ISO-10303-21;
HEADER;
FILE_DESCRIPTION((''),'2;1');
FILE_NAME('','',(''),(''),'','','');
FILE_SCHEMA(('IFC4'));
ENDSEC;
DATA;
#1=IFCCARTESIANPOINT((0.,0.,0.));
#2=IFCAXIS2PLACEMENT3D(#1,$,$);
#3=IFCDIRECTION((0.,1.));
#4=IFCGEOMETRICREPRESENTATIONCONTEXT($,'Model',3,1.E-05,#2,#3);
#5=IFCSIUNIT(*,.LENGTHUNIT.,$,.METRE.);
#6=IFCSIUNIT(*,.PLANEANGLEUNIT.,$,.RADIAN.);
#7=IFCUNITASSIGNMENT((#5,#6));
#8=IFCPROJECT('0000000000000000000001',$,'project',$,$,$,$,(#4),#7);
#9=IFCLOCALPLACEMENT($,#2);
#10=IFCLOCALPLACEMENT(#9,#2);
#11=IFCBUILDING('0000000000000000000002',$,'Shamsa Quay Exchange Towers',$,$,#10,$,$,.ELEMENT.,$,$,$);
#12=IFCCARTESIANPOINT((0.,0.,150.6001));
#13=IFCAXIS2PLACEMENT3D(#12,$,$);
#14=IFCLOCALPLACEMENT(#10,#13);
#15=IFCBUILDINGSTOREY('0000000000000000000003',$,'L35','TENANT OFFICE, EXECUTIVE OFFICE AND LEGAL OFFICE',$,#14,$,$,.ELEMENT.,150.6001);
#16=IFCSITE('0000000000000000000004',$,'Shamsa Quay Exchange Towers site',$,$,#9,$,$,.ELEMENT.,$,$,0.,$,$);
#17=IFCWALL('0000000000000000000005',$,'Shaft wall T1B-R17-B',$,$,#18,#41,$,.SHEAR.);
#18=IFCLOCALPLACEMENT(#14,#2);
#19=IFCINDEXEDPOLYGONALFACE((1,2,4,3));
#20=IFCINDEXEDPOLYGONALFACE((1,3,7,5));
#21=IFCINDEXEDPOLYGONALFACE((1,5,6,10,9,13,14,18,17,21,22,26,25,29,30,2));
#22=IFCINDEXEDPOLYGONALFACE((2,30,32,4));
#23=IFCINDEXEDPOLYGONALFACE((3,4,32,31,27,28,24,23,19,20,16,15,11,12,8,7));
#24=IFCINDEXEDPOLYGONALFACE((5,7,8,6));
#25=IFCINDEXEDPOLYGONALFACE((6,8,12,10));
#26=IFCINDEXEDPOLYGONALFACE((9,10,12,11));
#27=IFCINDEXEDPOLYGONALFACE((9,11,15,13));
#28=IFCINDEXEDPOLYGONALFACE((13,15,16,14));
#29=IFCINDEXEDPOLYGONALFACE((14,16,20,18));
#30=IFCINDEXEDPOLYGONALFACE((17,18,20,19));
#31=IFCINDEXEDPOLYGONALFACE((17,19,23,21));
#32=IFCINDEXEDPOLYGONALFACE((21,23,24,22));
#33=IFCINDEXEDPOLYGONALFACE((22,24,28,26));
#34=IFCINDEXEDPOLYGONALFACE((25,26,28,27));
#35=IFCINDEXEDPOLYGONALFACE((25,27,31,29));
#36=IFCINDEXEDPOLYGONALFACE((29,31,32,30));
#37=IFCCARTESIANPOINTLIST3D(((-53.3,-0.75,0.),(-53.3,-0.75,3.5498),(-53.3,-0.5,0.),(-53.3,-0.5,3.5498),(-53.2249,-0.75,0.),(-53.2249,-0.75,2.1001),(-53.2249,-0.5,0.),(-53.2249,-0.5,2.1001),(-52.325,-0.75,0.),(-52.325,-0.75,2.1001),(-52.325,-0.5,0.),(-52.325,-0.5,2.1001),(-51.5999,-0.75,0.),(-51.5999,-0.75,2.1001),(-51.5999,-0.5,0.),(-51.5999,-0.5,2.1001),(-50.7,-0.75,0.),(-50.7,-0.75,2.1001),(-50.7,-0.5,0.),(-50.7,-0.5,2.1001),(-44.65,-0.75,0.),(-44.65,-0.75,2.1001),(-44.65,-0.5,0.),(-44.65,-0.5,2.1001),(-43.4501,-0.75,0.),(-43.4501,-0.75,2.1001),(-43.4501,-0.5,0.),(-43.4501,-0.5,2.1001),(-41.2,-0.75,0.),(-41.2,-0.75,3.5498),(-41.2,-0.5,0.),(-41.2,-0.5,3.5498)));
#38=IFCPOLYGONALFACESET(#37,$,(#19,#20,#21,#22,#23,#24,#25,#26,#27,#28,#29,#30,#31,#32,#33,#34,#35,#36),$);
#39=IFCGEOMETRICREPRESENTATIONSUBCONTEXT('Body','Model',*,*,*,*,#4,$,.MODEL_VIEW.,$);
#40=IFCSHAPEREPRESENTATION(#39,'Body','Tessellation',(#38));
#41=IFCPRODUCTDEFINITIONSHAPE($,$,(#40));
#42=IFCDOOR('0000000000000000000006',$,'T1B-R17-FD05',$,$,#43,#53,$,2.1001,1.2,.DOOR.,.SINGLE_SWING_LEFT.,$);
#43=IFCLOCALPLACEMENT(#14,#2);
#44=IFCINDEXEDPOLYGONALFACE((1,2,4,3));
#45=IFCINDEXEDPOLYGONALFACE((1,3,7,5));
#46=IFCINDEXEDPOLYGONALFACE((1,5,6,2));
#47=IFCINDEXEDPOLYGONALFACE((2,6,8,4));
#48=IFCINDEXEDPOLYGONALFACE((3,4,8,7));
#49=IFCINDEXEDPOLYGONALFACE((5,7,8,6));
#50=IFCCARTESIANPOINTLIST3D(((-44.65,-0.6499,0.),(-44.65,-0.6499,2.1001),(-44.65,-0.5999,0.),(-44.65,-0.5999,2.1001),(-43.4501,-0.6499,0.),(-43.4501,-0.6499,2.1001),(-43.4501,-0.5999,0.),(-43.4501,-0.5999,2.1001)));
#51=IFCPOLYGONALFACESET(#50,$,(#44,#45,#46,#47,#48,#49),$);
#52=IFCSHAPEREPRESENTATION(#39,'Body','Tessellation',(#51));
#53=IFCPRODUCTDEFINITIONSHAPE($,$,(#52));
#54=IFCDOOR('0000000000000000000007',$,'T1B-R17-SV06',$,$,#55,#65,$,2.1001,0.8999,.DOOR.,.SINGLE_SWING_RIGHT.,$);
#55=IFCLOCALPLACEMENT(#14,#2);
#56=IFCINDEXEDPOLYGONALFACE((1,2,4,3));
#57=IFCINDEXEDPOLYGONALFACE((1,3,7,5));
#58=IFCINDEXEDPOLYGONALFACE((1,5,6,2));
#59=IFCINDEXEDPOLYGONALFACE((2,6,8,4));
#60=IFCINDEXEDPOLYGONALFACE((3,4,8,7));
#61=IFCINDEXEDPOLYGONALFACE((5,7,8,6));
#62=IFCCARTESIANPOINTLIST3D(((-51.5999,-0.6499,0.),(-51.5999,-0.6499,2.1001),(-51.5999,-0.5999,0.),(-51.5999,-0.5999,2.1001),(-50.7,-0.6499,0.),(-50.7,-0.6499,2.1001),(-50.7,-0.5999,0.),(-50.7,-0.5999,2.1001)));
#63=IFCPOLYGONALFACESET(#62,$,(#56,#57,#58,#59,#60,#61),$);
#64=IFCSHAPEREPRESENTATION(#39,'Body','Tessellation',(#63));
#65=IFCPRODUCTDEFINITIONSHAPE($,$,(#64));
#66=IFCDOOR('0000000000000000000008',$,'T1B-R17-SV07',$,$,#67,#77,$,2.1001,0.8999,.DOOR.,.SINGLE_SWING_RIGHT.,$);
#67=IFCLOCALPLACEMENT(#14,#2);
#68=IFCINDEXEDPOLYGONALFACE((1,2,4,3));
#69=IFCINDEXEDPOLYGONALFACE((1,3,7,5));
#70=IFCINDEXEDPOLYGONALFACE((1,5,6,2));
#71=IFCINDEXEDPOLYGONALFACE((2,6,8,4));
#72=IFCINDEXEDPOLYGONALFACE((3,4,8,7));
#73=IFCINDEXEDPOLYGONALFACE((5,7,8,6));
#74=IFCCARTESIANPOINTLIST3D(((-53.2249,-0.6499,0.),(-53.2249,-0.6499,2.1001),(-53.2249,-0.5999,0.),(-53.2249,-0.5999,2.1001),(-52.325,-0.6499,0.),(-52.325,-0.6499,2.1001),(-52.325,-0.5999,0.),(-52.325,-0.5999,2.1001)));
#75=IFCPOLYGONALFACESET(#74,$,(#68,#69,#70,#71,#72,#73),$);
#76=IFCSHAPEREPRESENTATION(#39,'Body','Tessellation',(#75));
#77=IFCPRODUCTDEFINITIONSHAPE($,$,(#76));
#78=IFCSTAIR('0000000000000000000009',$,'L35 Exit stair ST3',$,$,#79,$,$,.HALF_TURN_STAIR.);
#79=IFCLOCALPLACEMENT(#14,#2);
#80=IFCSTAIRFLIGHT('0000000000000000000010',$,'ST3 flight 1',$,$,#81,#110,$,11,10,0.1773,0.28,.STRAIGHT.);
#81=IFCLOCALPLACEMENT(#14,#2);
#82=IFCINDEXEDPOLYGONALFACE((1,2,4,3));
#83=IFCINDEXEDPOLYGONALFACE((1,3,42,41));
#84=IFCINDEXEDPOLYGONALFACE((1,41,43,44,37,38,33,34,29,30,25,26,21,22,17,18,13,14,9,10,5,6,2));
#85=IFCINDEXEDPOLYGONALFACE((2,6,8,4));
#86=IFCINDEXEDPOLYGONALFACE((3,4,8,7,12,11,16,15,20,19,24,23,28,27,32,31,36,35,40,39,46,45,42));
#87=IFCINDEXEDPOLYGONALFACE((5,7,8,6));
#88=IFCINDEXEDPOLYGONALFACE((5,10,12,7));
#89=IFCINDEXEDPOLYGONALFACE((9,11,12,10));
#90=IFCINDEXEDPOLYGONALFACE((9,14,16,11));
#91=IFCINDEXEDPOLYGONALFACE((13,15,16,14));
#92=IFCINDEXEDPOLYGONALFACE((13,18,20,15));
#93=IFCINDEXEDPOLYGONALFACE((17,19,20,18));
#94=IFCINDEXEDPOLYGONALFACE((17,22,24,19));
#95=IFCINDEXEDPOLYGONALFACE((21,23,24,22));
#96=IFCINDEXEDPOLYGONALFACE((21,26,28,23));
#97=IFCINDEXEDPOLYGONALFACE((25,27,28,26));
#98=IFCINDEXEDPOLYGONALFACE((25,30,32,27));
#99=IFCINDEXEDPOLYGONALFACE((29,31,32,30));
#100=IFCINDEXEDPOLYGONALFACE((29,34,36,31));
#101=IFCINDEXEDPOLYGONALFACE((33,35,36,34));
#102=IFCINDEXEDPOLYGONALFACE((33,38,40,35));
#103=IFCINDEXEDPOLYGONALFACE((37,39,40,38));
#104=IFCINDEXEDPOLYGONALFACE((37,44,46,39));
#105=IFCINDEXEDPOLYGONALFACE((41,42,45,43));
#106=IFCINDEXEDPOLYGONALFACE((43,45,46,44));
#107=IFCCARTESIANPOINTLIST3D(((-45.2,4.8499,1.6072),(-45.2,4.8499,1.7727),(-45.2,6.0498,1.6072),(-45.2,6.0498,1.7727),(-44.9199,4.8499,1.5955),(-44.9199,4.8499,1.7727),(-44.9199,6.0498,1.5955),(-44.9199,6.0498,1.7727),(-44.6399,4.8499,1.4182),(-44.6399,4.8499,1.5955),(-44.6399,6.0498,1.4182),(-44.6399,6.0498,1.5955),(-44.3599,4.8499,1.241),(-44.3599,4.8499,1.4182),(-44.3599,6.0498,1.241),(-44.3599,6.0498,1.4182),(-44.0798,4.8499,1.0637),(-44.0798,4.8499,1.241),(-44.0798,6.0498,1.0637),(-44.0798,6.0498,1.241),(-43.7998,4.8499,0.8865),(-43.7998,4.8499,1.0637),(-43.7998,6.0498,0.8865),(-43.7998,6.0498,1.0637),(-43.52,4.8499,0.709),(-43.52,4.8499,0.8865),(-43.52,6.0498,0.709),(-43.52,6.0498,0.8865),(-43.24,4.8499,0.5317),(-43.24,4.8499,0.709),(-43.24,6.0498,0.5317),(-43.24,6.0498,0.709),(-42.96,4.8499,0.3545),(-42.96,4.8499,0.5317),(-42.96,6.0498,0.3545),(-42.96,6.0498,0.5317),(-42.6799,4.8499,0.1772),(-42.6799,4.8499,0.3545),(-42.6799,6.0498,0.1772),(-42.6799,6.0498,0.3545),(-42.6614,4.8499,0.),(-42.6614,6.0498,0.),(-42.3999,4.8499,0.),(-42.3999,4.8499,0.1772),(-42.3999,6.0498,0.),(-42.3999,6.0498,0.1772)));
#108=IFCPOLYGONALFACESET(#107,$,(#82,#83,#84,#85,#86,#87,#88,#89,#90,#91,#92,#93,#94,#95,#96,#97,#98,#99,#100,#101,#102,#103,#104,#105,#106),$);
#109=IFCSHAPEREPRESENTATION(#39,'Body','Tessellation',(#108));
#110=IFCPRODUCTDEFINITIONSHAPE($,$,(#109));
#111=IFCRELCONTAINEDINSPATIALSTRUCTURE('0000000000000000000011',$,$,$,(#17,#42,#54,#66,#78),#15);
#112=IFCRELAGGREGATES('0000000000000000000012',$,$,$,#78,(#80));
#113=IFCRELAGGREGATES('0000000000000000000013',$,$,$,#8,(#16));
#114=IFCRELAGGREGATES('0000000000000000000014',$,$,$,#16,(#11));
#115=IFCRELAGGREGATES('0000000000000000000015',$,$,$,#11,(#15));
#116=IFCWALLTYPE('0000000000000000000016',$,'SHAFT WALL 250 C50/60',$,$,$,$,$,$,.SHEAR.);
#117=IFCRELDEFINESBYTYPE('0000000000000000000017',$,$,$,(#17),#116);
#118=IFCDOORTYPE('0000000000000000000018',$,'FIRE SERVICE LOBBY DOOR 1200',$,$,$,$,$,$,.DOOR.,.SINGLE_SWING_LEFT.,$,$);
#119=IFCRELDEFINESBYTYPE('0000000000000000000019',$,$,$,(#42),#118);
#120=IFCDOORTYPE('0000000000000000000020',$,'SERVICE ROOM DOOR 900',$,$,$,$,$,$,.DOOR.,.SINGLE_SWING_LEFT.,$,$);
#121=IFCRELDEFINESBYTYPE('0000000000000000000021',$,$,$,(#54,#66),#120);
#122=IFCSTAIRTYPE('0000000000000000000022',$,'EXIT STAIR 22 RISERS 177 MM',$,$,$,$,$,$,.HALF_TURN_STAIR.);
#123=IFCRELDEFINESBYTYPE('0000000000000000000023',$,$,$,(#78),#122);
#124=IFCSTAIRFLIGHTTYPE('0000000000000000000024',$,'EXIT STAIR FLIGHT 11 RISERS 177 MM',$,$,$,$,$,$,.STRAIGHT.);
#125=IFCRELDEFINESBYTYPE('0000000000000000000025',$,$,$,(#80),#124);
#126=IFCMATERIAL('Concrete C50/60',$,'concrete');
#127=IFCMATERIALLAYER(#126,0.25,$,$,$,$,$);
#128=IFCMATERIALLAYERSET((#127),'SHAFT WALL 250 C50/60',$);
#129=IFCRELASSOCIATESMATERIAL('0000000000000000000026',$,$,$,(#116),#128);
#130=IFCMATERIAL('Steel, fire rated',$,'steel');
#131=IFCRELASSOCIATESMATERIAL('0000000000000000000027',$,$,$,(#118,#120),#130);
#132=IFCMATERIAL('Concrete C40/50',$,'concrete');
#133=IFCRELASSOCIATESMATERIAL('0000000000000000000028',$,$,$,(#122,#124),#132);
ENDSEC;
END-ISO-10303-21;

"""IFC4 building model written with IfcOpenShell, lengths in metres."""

from ifc_helpers import new_model, si_unit, direction, frame, frame_2d, origin, place, context, subcontext, project, spatial, polyline, rectangle, outline, extrude, material, layer, layer_set, type_object, element, fill, aggregate, save


model = new_model("IFC4")

# Units and contexts
model_context = context("Model", 3, precision=1e-05, world=origin(), true_north=direction((0.0, 1.0)))
body_context = subcontext(model_context, "Body", "Model", "MODEL_VIEW")
ifc_project = project(units=[si_unit("LENGTHUNIT", "METRE"), si_unit("PLANEANGLEUNIT", "RADIAN")], contexts=[model_context])

# Site, building, storey
site_placement = place(None, origin())
site = spatial("IfcSite", under=ifc_project, at=site_placement, Name="Shamsa Quay Exchange Towers site", CompositionType="ELEMENT", RefElevation=0.0)
building_placement = place(site_placement, origin())
building = spatial("IfcBuilding", under=site, at=building_placement, Name="Shamsa Quay Exchange Towers", CompositionType="ELEMENT")
storey_placement = place(building_placement, frame((0.0, 0.0, 150.6001)))
storey = spatial("IfcBuildingStorey", under=building, at=storey_placement, Name="L35", Description="TENANT OFFICE, EXECUTIVE OFFICE AND LEGAL OFFICE", CompositionType="ELEMENT", Elevation=150.6001)

# Wall, openings, doors
ifc_material_1 = material(Name="Concrete C50/60", Category="concrete")
ifc_layer_1 = layer(ifc_material_1, 0.25)
ifc_layer_set_1 = layer_set([ifc_layer_1], Name="SHAFT WALL 250 C50/60")
wall_type_1 = type_object("IfcWallType", Name="SHAFT WALL 250 C50/60", PredefinedType="SHEAR", material=ifc_layer_set_1)
wall_1_placement = place(storey_placement, frame((-41.2, -0.625, 0.0), z_axis=(0.0, 0.0, 1.0), x_axis=(-1.0, 0.0, 0.0)))
wall_1 = element("IfcWall", 1, at=wall_1_placement, inside=storey, type_object=wall_type_1, Name="Shaft wall T1B-R17-B", PredefinedType="SHEAR", context=body_context, shape_type="SweptSolid", body=[
    extrude(rectangle(XDim=12.1001, YDim=0.25, at=frame_2d((6.05, 0.0))), origin(), (0.0, 0.0, 1.0), 3.5498),
])
opening_1_placement = place(wall_1_placement, frame((2.25, 0.0, 0.0)))
opening_1 = element("IfcOpeningElement", 2, at=opening_1_placement, cuts=wall_1, PredefinedType="OPENING", context=body_context, shape_type="SweptSolid", body=[
    extrude(rectangle(XDim=1.2, YDim=2.1001, at=frame_2d((0.6001, 1.05))), frame((0.0, 0.135, 0.0), z_axis=(0.0, -1.0, 0.0), x_axis=(1.0, 0.0, 0.0)), (0.0, 0.0, 1.0), 0.27),
])
opening_2_placement = place(wall_1_placement, frame((9.5, 0.0, 0.0)))
opening_2 = element("IfcOpeningElement", 3, at=opening_2_placement, cuts=wall_1, PredefinedType="OPENING", context=body_context, shape_type="SweptSolid", body=[
    extrude(rectangle(XDim=0.8999, YDim=2.1001, at=frame_2d((0.45, 1.05))), frame((0.0, 0.135, 0.0), z_axis=(0.0, -1.0, 0.0), x_axis=(1.0, 0.0, 0.0)), (0.0, 0.0, 1.0), 0.27),
])
opening_3_placement = place(wall_1_placement, frame((11.125, 0.0, 0.0)))
opening_3 = element("IfcOpeningElement", 4, at=opening_3_placement, cuts=wall_1, PredefinedType="OPENING", context=body_context, shape_type="SweptSolid", body=[
    extrude(rectangle(XDim=0.8999, YDim=2.1001, at=frame_2d((0.45, 1.05))), frame((0.0, 0.135, 0.0), z_axis=(0.0, -1.0, 0.0), x_axis=(1.0, 0.0, 0.0)), (0.0, 0.0, 1.0), 0.27),
])
ifc_material_2 = material(Name="Steel, fire rated", Category="steel")
door_type_1 = type_object("IfcDoorType", Name="FIRE SERVICE LOBBY DOOR 1200", OperationType="SINGLE_SWING_LEFT", PredefinedType="DOOR", material=ifc_material_2)
door_1_placement = place(opening_1_placement, origin())
door_1 = element("IfcDoor", 5, at=door_1_placement, inside=storey, type_object=door_type_1, Name="T1B-R17-FD05", OperationType="SINGLE_SWING_LEFT", OverallHeight=2.1001, OverallWidth=1.2, PredefinedType="DOOR", context=body_context, shape_type="SweptSolid", body=[
    extrude(rectangle(XDim=1.2, YDim=2.1001, at=frame_2d((0.6001, 1.05))), frame((0.0, 0.0249, 0.0), z_axis=(0.0, -1.0, 0.0), x_axis=(1.0, 0.0, 0.0)), (0.0, 0.0, 1.0), 0.05),
])
fill(opening_1, door_1)
door_type_2 = type_object("IfcDoorType", Name="SERVICE ROOM DOOR 900", OperationType="SINGLE_SWING_LEFT", PredefinedType="DOOR", material=ifc_material_2)
door_2_placement = place(opening_2_placement, origin())
door_2 = element("IfcDoor", 6, at=door_2_placement, inside=storey, type_object=door_type_2, Name="T1B-R17-SV06", OperationType="SINGLE_SWING_RIGHT", OverallHeight=2.1001, OverallWidth=0.8999, PredefinedType="DOOR", context=body_context, shape_type="SweptSolid", body=[
    extrude(rectangle(XDim=0.8999, YDim=2.1001, at=frame_2d((0.45, 1.05))), frame((0.0, 0.0249, 0.0), z_axis=(0.0, -1.0, 0.0), x_axis=(1.0, 0.0, 0.0)), (0.0, 0.0, 1.0), 0.05),
])
fill(opening_2, door_2)
door_3_placement = place(opening_3_placement, origin())
door_3 = element("IfcDoor", 7, at=door_3_placement, inside=storey, type_object=door_type_2, Name="T1B-R17-SV07", OperationType="SINGLE_SWING_RIGHT", OverallHeight=2.1001, OverallWidth=0.8999, PredefinedType="DOOR", context=body_context, shape_type="SweptSolid", body=[
    extrude(rectangle(XDim=0.8999, YDim=2.1001, at=frame_2d((0.45, 1.05))), frame((0.0, 0.0249, 0.0), z_axis=(0.0, -1.0, 0.0), x_axis=(1.0, 0.0, 0.0)), (0.0, 0.0, 1.0), 0.05),
])
fill(opening_3, door_3)

# Stair, stair flight
ifc_material_3 = material(Name="Concrete C40/50", Category="concrete")
stair_type = type_object("IfcStairType", Name="EXIT STAIR 22 RISERS 177 MM", PredefinedType="HALF_TURN_STAIR", material=ifc_material_3)
stair_placement = place(storey_placement, origin())
stair = element("IfcStair", 8, at=stair_placement, inside=storey, type_object=stair_type, Name="L35 Exit stair ST3", PredefinedType="HALF_TURN_STAIR")
stair_flight_type = type_object("IfcStairFlightType", Name="EXIT STAIR FLIGHT 11 RISERS 177 MM", PredefinedType="STRAIGHT", material=ifc_material_3)
stair_flight_placement = place(storey_placement, frame((-42.3999, 5.45, 0.0), z_axis=(0.0, 0.0, 1.0), x_axis=(-1.0, 0.0, 0.0)))
stair_flight = element("IfcStairFlight", 9, at=stair_flight_placement, type_object=stair_flight_type, Name="ST3 flight 1", NumberOfRisers=11, NumberOfTreads=10, PredefinedType="STRAIGHT", RiserHeight=0.1773, TreadLength=0.28, context=body_context, shape_type="SweptSolid", body=[
    extrude(outline(polyline([(0.0, 0.0), (0.0, 0.1772), (0.28, 0.1772), (0.28, 0.3545), (0.5601, 0.3545), (0.5601, 0.5317), (0.8401, 0.5317), (0.8401, 0.709), (1.1201, 0.709), (1.1201, 0.8865), (1.3999, 0.8865), (1.3999, 1.0637), (1.6799, 1.0637), (1.6799, 1.241), (1.96, 1.241), (1.96, 1.4182), (2.24, 1.4182), (2.24, 1.5955), (2.52, 1.5955), (2.52, 1.7727), (2.8, 1.7727), (2.8, 1.95), (2.8, 1.6072), (0.2615, 0.0), (0.0, 0.0)])), frame((0.0, 0.6001, 0.0), z_axis=(0.0, -1.0, 0.0), x_axis=(1.0, 0.0, 0.0)), (0.0, 0.0, 1.0), 1.2),
])
aggregate(stair, [stair_flight])

save(model, "model.ifc")
